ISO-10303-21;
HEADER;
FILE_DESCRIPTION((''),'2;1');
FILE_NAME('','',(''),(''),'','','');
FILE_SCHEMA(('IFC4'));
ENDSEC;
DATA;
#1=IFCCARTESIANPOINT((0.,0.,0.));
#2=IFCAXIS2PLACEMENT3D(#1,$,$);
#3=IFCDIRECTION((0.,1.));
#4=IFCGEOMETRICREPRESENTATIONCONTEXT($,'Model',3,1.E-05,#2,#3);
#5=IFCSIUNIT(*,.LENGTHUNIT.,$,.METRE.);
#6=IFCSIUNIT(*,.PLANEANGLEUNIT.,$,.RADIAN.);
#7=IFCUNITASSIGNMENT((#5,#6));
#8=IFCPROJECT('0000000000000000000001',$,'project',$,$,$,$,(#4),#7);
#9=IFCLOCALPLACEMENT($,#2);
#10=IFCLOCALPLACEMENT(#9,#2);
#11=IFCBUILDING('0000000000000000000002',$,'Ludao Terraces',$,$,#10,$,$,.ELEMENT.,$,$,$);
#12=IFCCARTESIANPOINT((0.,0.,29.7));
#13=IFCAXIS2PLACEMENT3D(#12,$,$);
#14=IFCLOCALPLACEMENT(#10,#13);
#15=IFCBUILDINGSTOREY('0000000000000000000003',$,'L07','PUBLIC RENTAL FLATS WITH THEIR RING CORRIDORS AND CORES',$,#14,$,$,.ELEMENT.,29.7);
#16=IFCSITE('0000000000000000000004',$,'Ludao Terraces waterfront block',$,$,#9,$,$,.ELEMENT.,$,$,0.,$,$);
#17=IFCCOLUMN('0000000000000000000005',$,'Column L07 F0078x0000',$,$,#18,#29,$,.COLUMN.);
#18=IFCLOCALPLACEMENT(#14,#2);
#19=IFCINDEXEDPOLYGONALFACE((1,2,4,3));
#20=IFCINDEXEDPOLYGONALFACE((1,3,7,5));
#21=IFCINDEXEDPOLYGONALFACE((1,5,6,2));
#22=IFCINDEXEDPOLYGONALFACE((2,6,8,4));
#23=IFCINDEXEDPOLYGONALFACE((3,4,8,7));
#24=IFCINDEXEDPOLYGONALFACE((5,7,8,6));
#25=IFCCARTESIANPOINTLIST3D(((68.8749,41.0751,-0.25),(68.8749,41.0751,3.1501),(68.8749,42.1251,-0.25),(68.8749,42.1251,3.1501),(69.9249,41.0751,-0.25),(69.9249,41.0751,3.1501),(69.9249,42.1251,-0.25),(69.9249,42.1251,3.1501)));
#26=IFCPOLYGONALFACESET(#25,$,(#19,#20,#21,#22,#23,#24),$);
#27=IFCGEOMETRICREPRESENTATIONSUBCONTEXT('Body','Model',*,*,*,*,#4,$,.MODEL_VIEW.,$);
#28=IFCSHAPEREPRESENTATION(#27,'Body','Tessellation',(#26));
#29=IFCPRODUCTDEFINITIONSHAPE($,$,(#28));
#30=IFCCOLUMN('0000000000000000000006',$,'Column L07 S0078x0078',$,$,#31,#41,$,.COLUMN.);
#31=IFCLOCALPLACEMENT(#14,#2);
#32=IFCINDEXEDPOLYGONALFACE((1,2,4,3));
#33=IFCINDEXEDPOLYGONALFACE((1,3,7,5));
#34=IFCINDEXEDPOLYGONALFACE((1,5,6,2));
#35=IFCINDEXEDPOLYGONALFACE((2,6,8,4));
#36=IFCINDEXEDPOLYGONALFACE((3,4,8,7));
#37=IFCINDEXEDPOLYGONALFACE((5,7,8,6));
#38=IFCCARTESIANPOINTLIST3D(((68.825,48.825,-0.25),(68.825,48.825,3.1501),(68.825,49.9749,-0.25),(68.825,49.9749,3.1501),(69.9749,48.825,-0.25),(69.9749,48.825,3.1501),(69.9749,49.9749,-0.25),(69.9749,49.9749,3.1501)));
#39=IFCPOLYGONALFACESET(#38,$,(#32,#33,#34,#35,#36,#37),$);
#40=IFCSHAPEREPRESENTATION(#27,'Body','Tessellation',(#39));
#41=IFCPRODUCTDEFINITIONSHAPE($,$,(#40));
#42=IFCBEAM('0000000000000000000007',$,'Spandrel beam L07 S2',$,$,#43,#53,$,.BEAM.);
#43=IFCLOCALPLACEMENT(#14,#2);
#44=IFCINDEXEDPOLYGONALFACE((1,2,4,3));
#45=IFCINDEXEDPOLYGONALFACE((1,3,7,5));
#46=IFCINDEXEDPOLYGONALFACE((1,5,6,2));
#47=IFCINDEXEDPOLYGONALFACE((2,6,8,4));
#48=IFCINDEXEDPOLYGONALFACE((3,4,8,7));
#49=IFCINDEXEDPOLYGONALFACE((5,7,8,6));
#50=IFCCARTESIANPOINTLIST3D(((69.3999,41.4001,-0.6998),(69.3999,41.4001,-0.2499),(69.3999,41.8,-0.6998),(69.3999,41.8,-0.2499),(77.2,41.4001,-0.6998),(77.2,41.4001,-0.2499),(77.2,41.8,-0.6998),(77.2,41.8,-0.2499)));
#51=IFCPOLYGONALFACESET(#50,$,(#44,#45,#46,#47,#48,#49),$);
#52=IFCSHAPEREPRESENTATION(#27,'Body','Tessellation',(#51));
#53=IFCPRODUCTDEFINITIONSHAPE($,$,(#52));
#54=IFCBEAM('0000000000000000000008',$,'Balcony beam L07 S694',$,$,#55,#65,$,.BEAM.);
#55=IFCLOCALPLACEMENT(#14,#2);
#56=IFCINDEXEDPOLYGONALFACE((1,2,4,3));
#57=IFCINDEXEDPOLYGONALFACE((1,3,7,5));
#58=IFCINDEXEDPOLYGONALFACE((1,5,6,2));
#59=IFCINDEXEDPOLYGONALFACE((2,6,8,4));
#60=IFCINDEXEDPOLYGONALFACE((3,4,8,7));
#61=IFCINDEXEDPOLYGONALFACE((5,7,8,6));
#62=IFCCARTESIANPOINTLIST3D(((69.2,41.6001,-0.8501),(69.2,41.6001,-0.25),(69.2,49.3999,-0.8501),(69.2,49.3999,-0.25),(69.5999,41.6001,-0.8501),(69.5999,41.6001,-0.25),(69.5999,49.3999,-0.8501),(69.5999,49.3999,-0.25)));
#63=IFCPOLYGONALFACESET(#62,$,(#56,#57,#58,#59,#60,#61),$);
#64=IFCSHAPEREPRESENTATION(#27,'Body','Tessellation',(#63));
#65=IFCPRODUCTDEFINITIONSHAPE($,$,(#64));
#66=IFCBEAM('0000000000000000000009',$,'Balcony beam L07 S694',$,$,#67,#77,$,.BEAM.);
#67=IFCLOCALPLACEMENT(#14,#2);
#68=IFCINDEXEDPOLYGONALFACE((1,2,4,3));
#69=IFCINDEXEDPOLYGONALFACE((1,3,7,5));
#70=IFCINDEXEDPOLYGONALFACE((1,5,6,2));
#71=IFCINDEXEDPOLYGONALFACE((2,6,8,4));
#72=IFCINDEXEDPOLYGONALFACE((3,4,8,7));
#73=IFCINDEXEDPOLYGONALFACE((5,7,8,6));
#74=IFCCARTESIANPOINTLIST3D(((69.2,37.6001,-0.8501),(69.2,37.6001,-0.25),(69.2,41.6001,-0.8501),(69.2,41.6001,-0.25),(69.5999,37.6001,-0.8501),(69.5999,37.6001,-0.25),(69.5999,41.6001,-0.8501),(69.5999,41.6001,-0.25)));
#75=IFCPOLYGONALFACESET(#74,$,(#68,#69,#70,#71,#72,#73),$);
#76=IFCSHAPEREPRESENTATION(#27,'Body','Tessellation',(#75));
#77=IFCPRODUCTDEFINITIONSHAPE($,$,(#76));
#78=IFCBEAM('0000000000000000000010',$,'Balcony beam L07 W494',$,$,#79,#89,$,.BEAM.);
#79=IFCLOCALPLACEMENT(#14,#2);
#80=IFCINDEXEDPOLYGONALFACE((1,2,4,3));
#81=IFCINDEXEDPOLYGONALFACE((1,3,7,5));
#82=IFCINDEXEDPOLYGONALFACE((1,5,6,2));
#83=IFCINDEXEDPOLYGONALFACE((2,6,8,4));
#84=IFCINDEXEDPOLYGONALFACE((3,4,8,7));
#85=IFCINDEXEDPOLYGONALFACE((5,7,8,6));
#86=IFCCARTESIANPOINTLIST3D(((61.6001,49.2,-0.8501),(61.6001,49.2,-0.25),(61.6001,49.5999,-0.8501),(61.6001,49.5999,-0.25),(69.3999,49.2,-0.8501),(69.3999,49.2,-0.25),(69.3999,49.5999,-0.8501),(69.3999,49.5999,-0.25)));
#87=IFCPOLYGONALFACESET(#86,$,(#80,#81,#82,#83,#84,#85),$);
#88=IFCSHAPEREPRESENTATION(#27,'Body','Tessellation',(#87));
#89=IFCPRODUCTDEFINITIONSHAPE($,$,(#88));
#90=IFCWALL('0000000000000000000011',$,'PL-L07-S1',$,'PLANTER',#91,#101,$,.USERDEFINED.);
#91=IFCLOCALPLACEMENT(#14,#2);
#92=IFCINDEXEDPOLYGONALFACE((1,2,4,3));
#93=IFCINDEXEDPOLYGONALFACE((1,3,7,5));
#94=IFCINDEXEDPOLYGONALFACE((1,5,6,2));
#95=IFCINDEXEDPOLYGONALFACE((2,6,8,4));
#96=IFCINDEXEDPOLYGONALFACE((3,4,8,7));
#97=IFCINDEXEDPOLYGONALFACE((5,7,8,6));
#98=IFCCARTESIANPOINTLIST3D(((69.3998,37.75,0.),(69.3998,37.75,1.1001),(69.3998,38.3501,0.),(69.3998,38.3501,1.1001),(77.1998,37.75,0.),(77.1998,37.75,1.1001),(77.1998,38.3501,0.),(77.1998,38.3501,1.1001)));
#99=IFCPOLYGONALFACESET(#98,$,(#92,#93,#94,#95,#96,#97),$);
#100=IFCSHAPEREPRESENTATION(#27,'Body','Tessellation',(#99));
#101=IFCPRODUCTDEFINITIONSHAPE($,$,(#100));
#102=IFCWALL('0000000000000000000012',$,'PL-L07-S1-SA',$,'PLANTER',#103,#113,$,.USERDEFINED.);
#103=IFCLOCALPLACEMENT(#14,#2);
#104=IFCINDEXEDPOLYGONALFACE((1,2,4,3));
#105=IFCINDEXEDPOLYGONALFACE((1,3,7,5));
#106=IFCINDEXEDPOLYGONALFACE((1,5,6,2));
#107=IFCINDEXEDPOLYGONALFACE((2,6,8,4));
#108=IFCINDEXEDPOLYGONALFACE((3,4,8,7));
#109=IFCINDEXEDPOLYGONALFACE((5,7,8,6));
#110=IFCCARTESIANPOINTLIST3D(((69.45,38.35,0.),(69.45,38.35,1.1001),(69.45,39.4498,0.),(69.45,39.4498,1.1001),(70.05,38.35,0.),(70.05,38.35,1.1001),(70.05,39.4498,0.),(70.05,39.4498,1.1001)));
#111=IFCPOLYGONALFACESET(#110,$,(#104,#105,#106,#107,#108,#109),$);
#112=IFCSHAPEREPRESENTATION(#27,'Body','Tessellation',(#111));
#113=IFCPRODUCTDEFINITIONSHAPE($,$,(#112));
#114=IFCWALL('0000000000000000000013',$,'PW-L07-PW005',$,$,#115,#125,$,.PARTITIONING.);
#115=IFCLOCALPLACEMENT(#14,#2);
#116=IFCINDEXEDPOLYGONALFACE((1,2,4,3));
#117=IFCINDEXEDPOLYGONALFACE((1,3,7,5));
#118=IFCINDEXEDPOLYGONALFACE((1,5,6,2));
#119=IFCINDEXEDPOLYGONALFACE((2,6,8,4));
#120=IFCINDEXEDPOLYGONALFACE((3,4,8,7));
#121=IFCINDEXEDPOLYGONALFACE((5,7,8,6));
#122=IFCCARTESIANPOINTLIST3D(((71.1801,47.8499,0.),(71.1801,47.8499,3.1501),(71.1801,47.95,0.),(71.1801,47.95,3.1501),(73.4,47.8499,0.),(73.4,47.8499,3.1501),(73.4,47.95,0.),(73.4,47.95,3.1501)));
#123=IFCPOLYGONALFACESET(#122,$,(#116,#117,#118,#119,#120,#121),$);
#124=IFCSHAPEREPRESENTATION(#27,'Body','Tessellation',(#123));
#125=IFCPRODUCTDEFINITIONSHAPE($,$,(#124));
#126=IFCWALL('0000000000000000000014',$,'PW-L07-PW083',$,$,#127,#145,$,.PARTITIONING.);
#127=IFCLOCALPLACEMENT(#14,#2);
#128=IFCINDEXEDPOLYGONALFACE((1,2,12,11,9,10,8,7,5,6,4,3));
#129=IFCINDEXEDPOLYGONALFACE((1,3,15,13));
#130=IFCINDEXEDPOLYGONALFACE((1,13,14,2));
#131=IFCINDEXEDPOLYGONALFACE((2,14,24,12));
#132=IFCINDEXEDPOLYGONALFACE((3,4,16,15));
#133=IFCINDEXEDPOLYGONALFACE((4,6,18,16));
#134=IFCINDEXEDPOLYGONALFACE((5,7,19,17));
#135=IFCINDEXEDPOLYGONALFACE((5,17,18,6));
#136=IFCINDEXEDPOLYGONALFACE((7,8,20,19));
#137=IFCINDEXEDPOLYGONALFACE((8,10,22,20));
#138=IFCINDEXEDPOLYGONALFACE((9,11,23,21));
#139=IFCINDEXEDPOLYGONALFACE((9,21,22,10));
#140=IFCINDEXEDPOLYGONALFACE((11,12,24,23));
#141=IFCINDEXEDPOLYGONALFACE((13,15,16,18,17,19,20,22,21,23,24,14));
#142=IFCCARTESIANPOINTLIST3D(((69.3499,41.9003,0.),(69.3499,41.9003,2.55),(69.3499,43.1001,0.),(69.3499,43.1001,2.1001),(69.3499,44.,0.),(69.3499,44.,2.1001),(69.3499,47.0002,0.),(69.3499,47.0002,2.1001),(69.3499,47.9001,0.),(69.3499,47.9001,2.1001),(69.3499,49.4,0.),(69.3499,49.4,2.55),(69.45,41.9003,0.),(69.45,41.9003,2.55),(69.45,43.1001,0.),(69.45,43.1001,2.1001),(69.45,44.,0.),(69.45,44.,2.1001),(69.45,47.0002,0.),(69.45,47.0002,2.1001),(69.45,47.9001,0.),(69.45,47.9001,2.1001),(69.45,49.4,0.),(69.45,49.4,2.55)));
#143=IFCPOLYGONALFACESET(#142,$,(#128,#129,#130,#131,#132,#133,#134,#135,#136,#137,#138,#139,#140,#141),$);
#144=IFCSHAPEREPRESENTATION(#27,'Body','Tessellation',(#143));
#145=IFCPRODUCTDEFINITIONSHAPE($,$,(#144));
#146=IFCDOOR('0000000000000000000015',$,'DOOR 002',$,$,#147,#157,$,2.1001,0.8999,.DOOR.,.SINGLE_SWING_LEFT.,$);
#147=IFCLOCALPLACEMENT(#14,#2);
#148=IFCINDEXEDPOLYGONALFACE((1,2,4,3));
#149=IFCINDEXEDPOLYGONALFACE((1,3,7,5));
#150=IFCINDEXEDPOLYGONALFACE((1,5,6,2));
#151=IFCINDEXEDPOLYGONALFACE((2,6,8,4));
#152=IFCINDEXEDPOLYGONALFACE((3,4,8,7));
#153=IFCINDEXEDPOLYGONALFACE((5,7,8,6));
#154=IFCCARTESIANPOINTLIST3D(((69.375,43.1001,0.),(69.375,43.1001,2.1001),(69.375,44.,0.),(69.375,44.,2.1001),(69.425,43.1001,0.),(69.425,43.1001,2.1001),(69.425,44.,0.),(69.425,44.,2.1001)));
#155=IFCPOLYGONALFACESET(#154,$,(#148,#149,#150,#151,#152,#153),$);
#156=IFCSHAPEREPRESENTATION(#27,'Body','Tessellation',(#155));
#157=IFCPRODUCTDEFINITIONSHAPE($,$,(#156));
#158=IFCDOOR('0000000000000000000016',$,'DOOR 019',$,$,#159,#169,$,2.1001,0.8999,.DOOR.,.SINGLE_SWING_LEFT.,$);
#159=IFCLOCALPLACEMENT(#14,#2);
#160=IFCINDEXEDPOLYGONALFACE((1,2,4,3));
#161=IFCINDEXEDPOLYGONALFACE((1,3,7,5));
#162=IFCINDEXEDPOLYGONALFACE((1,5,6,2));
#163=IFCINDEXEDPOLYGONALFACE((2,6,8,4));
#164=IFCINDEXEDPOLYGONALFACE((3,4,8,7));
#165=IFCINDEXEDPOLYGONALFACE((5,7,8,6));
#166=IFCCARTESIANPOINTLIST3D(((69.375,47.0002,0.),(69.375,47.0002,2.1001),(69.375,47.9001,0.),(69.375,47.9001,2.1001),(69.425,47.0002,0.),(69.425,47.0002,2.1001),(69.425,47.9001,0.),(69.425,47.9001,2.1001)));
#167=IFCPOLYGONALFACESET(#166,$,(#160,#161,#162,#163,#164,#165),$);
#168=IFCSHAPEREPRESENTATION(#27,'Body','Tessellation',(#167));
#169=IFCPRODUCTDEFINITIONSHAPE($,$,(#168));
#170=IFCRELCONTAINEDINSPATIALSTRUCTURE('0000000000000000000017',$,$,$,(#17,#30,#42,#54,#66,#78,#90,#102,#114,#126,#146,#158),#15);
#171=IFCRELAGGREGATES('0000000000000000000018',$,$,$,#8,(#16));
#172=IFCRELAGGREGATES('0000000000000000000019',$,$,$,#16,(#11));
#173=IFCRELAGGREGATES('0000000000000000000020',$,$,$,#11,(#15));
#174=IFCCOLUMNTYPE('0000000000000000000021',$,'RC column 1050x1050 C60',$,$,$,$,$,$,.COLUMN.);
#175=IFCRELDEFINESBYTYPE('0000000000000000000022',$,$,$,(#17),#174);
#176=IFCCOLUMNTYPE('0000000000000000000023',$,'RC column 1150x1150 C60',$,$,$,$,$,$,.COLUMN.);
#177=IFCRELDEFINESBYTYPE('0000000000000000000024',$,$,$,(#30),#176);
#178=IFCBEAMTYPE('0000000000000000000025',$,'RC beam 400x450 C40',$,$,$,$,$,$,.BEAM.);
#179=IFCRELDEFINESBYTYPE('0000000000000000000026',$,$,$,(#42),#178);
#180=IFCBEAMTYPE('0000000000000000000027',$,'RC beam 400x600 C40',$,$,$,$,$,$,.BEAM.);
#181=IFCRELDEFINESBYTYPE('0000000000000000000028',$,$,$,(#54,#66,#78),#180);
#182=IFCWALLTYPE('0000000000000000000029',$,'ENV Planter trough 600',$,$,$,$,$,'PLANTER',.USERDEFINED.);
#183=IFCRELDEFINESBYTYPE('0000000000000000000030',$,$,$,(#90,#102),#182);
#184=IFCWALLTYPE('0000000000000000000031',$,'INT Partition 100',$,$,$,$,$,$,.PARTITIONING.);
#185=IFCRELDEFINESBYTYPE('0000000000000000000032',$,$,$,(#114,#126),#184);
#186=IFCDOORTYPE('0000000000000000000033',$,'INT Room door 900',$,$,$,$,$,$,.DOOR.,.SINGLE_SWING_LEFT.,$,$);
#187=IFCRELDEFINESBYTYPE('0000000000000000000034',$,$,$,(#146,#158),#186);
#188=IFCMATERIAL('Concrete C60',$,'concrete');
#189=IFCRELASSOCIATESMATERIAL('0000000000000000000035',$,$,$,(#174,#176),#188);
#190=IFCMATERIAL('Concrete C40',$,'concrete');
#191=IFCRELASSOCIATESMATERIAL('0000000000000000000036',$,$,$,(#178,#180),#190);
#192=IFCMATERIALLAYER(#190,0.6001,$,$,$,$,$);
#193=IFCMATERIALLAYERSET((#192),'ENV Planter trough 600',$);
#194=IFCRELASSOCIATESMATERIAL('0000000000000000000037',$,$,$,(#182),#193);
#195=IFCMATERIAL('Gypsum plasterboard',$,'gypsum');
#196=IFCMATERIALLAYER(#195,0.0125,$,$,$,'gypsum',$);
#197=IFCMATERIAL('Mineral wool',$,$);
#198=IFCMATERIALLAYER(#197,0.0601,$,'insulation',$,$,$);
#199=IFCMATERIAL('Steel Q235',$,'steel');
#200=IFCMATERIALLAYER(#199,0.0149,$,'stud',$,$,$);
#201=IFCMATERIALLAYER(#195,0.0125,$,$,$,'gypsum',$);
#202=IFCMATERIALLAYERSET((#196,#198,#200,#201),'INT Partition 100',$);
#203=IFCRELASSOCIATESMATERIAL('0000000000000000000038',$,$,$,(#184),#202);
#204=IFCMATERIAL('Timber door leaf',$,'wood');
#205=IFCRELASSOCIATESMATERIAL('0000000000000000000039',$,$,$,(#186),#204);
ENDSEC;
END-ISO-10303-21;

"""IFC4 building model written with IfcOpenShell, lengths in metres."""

from ifc_helpers import new_model, si_unit, direction, frame, frame_2d, origin, origin_2d, place, context, subcontext, project, spatial, rectangle, extrude, material, layer, layer_set, material_profile, profile_set, type_object, element, fill, save


model = new_model("IFC4")

# Units and contexts
model_context = context("Model", 3, precision=1e-05, world=origin(), true_north=direction((0.0, 1.0)))
body_context = subcontext(model_context, "Body", "Model", "MODEL_VIEW")
ifc_project = project(units=[si_unit("LENGTHUNIT", "METRE"), si_unit("PLANEANGLEUNIT", "RADIAN")], contexts=[model_context])

# Site, building, storey
site_placement = place(None, origin())
site = spatial("IfcSite", under=ifc_project, at=site_placement, Name="Ludao Terraces waterfront block", CompositionType="ELEMENT", RefElevation=0.0)
building_placement = place(site_placement, origin())
building = spatial("IfcBuilding", under=site, at=building_placement, Name="Ludao Terraces", CompositionType="ELEMENT")
storey_placement = place(building_placement, frame((0.0, 0.0, 29.7)))
storey = spatial("IfcBuildingStorey", under=building, at=storey_placement, Name="L07", Description="PUBLIC RENTAL FLATS WITH THEIR RING CORRIDORS AND CORES", CompositionType="ELEMENT", Elevation=29.7)

# Columns
ifc_material_1 = material(Name="Concrete C60", Category="concrete")
ifc_material_profile_1 = material_profile(ifc_material_1, rectangle(XDim=1.05, YDim=1.05, at=origin_2d()), Name="1050 X 1050")
ifc_profile_set_1 = profile_set([ifc_material_profile_1], Name="Concrete C60")
column_type_1 = type_object("IfcColumnType", Name="RC column 1050x1050 C60", PredefinedType="COLUMN", material=ifc_profile_set_1)
column_1_placement = place(storey_placement, frame((69.3999, 41.6001, -0.25), z_axis=(0.0, 0.0, 1.0), x_axis=(1.0, 0.0, 0.0)))
element("IfcColumn", 1, at=column_1_placement, inside=storey, type_object=column_type_1, Name="Column L07 F0078x0000", PredefinedType="COLUMN", context=body_context, shape_type="SweptSolid", body=[
    extrude(rectangle(XDim=1.05, YDim=1.05, at=origin_2d()), origin(), (0.0, 0.0, 1.0), 3.4001),
])
ifc_material_profile_2 = material_profile(ifc_material_1, rectangle(XDim=1.1499, YDim=1.1499, at=origin_2d()), Name="1150 X 1150")
ifc_profile_set_2 = profile_set([ifc_material_profile_2], Name="Concrete C60")
column_type_2 = type_object("IfcColumnType", Name="RC column 1150x1150 C60", PredefinedType="COLUMN", material=ifc_profile_set_2)
column_2_placement = place(storey_placement, frame((69.3999, 49.3999, -0.25), z_axis=(0.0, 0.0, 1.0), x_axis=(1.0, 0.0, 0.0)))
element("IfcColumn", 2, at=column_2_placement, inside=storey, type_object=column_type_2, Name="Column L07 S0078x0078", PredefinedType="COLUMN", context=body_context, shape_type="SweptSolid", body=[
    extrude(rectangle(XDim=1.1499, YDim=1.1499, at=origin_2d()), origin(), (0.0, 0.0, 1.0), 3.4001),
])

# Beams
ifc_material_2 = material(Name="Concrete C40", Category="concrete")
ifc_material_profile_3 = material_profile(ifc_material_2, rectangle(XDim=0.3999, YDim=0.45, at=origin_2d()), Name="400 X 450")
ifc_profile_set_3 = profile_set([ifc_material_profile_3], Name="Concrete C40")
beam_type_1 = type_object("IfcBeamType", Name="RC beam 400x450 C40", PredefinedType="BEAM", material=ifc_profile_set_3)
beam_1_placement = place(storey_placement, frame((69.3999, 41.6001, -0.4749), z_axis=(1.0, 0.0, 0.0), x_axis=(0.0, 1.0, 0.0)))
element("IfcBeam", 3, at=beam_1_placement, inside=storey, type_object=beam_type_1, Name="Spandrel beam L07 S2", PredefinedType="BEAM", context=body_context, shape_type="SweptSolid", body=[
    extrude(rectangle(XDim=0.3999, YDim=0.45, at=origin_2d()), origin(), (0.0, 0.0, 1.0), 7.8),
])
ifc_material_profile_4 = material_profile(ifc_material_2, rectangle(XDim=0.3999, YDim=0.6001, at=origin_2d()), Name="400 X 600")
ifc_profile_set_4 = profile_set([ifc_material_profile_4], Name="Concrete C40")
beam_type_2 = type_object("IfcBeamType", Name="RC beam 400x600 C40", PredefinedType="BEAM", material=ifc_profile_set_4)
beam_2_placement = place(storey_placement, frame((69.3999, 49.3999, -0.55), z_axis=(0.0, -1.0, 0.0), x_axis=(1.0, 0.0, 0.0)))
element("IfcBeam", 4, at=beam_2_placement, inside=storey, type_object=beam_type_2, Name="Balcony beam L07 S694", PredefinedType="BEAM", context=body_context, shape_type="SweptSolid", body=[
    extrude(rectangle(XDim=0.3999, YDim=0.6001, at=origin_2d()), origin(), (0.0, 0.0, 1.0), 7.7998),
])
beam_3_placement = place(storey_placement, frame((69.3999, 41.6001, -0.55), z_axis=(0.0, -1.0, 0.0), x_axis=(1.0, 0.0, 0.0)))
element("IfcBeam", 5, at=beam_3_placement, inside=storey, type_object=beam_type_2, Name="Balcony beam L07 S694", PredefinedType="BEAM", context=body_context, shape_type="SweptSolid", body=[
    extrude(rectangle(XDim=0.3999, YDim=0.6001, at=origin_2d()), origin(), (0.0, 0.0, 1.0), 4.0),
])
beam_4_placement = place(storey_placement, frame((69.3999, 49.3999, -0.55), z_axis=(-1.0, 0.0, 0.0), x_axis=(0.0, -1.0, 0.0)))
element("IfcBeam", 6, at=beam_4_placement, inside=storey, type_object=beam_type_2, Name="Balcony beam L07 W494", PredefinedType="BEAM", context=body_context, shape_type="SweptSolid", body=[
    extrude(rectangle(XDim=0.3999, YDim=0.6001, at=origin_2d()), origin(), (0.0, 0.0, 1.0), 7.7998),
])

# Walls
ifc_layer_1 = layer(ifc_material_2, 0.6001)
ifc_layer_set_1 = layer_set([ifc_layer_1], Name="ENV Planter trough 600")
wall_type_1 = type_object("IfcWallType", Name="ENV Planter trough 600", ElementType="PLANTER", PredefinedType="USERDEFINED", material=ifc_layer_set_1)
wall_1_placement = place(storey_placement, frame((69.3999, 38.05, 0.0), z_axis=(0.0, 0.0, 1.0), x_axis=(1.0, 0.0, 0.0)))
element("IfcWall", 7, at=wall_1_placement, inside=storey, type_object=wall_type_1, Name="PL-L07-S1", ObjectType="PLANTER", PredefinedType="USERDEFINED", context=body_context, shape_type="SweptSolid", body=[
    extrude(rectangle(XDim=7.8, YDim=0.6001, at=frame_2d((3.8999, 0.0))), origin(), (0.0, 0.0, 1.0), 1.1001),
])
wall_2_placement = place(storey_placement, frame((69.75, 38.3501, 0.0), z_axis=(0.0, 0.0, 1.0), x_axis=(0.0, 1.0, 0.0)))
element("IfcWall", 8, at=wall_2_placement, inside=storey, type_object=wall_type_1, Name="PL-L07-S1-SA", ObjectType="PLANTER", PredefinedType="USERDEFINED", context=body_context, shape_type="SweptSolid", body=[
    extrude(rectangle(XDim=1.0999, YDim=0.6001, at=frame_2d((0.5498, 0.0))), origin(), (0.0, 0.0, 1.0), 1.1001),
])

# Shared definitions
ifc_material_3 = material(Name="Mineral wool")

# Wall
ifc_material_4 = material(Name="Gypsum plasterboard", Category="gypsum")
ifc_layer_2 = layer(ifc_material_4, 0.0125, Category="gypsum")
ifc_layer_3 = layer(ifc_material_3, 0.0601, Name="insulation")
ifc_material_5 = material(Name="Steel Q235", Category="steel")
ifc_layer_4 = layer(ifc_material_5, 0.0149, Name="stud")
ifc_layer_5 = layer(ifc_material_4, 0.0125, Category="gypsum")
ifc_layer_set_2 = layer_set([ifc_layer_2, ifc_layer_3, ifc_layer_4, ifc_layer_5], Name="INT Partition 100")
wall_type_2 = type_object("IfcWallType", Name="INT Partition 100", PredefinedType="PARTITIONING", material=ifc_layer_set_2)
wall_3_placement = place(storey_placement, frame((71.1802, 47.8999, 0.0), z_axis=(0.0, 0.0, 1.0), x_axis=(1.0, 0.0, 0.0)))
element("IfcWall", 9, at=wall_3_placement, inside=storey, type_object=wall_type_2, Name="PW-L07-PW005", PredefinedType="PARTITIONING", context=body_context, shape_type="SweptSolid", body=[
    extrude(rectangle(XDim=2.22, YDim=0.1001, at=frame_2d((1.1099, 0.0))), origin(), (0.0, 0.0, 1.0), 3.1501),
])

# Wall, openings, doors
wall_4_placement = place(storey_placement, frame((69.3999, 41.9001, 0.0), z_axis=(0.0, 0.0, 1.0), x_axis=(0.0, 1.0, 0.0)))
wall_4 = element("IfcWall", 10, at=wall_4_placement, inside=storey, type_object=wall_type_2, Name="PW-L07-PW083", PredefinedType="PARTITIONING", context=body_context, shape_type="SweptSolid", body=[
    extrude(rectangle(XDim=7.4998, YDim=0.1001, at=frame_2d((3.75, 0.0))), origin(), (0.0, 0.0, 1.0), 2.55),
])
opening_1_placement = place(wall_4_placement, frame((1.2, 0.0, 0.0)))
opening_1 = element("IfcOpeningElement", 11, at=opening_1_placement, cuts=wall_4, PredefinedType="OPENING", context=body_context, shape_type="SweptSolid", body=[
    extrude(rectangle(XDim=0.8999, YDim=2.1001, at=frame_2d((0.45, 1.05))), frame((0.0, 0.0601, 0.0), z_axis=(0.0, -1.0, 0.0), x_axis=(1.0, 0.0, 0.0)), (0.0, 0.0, 1.0), 0.1201),
])
opening_2_placement = place(wall_4_placement, frame((5.1001, 0.0, 0.0)))
opening_2 = element("IfcOpeningElement", 12, at=opening_2_placement, cuts=wall_4, PredefinedType="OPENING", context=body_context, shape_type="SweptSolid", body=[
    extrude(rectangle(XDim=0.8999, YDim=2.1001, at=frame_2d((0.45, 1.05))), frame((0.0, 0.0601, 0.0), z_axis=(0.0, -1.0, 0.0), x_axis=(1.0, 0.0, 0.0)), (0.0, 0.0, 1.0), 0.1201),
])
ifc_material_6 = material(Name="Timber door leaf", Category="wood")
door_type_1 = type_object("IfcDoorType", Name="INT Room door 900", OperationType="SINGLE_SWING_LEFT", PredefinedType="DOOR", material=ifc_material_6)
door_1_placement = place(opening_1_placement, origin())
door_1 = element("IfcDoor", 13, at=door_1_placement, inside=storey, type_object=door_type_1, Name="DOOR 002", OperationType="SINGLE_SWING_LEFT", OverallHeight=2.1001, OverallWidth=0.8999, PredefinedType="DOOR", context=body_context, shape_type="SweptSolid", body=[
    extrude(rectangle(XDim=0.8999, YDim=2.1001, at=frame_2d((0.45, 1.05))), frame((0.0, 0.0249, 0.0), z_axis=(0.0, -1.0, 0.0), x_axis=(1.0, 0.0, 0.0)), (0.0, 0.0, 1.0), 0.05),
])
fill(opening_1, door_1)
door_2_placement = place(opening_2_placement, origin())
door_2 = element("IfcDoor", 14, at=door_2_placement, inside=storey, type_object=door_type_1, Name="DOOR 019", OperationType="SINGLE_SWING_LEFT", OverallHeight=2.1001, OverallWidth=0.8999, PredefinedType="DOOR", context=body_context, shape_type="SweptSolid", body=[
    extrude(rectangle(XDim=0.8999, YDim=2.1001, at=frame_2d((0.45, 1.05))), frame((0.0, 0.0249, 0.0), z_axis=(0.0, -1.0, 0.0), x_axis=(1.0, 0.0, 0.0)), (0.0, 0.0, 1.0), 0.05),
])
fill(opening_2, door_2)

save(model, "model.ifc")
